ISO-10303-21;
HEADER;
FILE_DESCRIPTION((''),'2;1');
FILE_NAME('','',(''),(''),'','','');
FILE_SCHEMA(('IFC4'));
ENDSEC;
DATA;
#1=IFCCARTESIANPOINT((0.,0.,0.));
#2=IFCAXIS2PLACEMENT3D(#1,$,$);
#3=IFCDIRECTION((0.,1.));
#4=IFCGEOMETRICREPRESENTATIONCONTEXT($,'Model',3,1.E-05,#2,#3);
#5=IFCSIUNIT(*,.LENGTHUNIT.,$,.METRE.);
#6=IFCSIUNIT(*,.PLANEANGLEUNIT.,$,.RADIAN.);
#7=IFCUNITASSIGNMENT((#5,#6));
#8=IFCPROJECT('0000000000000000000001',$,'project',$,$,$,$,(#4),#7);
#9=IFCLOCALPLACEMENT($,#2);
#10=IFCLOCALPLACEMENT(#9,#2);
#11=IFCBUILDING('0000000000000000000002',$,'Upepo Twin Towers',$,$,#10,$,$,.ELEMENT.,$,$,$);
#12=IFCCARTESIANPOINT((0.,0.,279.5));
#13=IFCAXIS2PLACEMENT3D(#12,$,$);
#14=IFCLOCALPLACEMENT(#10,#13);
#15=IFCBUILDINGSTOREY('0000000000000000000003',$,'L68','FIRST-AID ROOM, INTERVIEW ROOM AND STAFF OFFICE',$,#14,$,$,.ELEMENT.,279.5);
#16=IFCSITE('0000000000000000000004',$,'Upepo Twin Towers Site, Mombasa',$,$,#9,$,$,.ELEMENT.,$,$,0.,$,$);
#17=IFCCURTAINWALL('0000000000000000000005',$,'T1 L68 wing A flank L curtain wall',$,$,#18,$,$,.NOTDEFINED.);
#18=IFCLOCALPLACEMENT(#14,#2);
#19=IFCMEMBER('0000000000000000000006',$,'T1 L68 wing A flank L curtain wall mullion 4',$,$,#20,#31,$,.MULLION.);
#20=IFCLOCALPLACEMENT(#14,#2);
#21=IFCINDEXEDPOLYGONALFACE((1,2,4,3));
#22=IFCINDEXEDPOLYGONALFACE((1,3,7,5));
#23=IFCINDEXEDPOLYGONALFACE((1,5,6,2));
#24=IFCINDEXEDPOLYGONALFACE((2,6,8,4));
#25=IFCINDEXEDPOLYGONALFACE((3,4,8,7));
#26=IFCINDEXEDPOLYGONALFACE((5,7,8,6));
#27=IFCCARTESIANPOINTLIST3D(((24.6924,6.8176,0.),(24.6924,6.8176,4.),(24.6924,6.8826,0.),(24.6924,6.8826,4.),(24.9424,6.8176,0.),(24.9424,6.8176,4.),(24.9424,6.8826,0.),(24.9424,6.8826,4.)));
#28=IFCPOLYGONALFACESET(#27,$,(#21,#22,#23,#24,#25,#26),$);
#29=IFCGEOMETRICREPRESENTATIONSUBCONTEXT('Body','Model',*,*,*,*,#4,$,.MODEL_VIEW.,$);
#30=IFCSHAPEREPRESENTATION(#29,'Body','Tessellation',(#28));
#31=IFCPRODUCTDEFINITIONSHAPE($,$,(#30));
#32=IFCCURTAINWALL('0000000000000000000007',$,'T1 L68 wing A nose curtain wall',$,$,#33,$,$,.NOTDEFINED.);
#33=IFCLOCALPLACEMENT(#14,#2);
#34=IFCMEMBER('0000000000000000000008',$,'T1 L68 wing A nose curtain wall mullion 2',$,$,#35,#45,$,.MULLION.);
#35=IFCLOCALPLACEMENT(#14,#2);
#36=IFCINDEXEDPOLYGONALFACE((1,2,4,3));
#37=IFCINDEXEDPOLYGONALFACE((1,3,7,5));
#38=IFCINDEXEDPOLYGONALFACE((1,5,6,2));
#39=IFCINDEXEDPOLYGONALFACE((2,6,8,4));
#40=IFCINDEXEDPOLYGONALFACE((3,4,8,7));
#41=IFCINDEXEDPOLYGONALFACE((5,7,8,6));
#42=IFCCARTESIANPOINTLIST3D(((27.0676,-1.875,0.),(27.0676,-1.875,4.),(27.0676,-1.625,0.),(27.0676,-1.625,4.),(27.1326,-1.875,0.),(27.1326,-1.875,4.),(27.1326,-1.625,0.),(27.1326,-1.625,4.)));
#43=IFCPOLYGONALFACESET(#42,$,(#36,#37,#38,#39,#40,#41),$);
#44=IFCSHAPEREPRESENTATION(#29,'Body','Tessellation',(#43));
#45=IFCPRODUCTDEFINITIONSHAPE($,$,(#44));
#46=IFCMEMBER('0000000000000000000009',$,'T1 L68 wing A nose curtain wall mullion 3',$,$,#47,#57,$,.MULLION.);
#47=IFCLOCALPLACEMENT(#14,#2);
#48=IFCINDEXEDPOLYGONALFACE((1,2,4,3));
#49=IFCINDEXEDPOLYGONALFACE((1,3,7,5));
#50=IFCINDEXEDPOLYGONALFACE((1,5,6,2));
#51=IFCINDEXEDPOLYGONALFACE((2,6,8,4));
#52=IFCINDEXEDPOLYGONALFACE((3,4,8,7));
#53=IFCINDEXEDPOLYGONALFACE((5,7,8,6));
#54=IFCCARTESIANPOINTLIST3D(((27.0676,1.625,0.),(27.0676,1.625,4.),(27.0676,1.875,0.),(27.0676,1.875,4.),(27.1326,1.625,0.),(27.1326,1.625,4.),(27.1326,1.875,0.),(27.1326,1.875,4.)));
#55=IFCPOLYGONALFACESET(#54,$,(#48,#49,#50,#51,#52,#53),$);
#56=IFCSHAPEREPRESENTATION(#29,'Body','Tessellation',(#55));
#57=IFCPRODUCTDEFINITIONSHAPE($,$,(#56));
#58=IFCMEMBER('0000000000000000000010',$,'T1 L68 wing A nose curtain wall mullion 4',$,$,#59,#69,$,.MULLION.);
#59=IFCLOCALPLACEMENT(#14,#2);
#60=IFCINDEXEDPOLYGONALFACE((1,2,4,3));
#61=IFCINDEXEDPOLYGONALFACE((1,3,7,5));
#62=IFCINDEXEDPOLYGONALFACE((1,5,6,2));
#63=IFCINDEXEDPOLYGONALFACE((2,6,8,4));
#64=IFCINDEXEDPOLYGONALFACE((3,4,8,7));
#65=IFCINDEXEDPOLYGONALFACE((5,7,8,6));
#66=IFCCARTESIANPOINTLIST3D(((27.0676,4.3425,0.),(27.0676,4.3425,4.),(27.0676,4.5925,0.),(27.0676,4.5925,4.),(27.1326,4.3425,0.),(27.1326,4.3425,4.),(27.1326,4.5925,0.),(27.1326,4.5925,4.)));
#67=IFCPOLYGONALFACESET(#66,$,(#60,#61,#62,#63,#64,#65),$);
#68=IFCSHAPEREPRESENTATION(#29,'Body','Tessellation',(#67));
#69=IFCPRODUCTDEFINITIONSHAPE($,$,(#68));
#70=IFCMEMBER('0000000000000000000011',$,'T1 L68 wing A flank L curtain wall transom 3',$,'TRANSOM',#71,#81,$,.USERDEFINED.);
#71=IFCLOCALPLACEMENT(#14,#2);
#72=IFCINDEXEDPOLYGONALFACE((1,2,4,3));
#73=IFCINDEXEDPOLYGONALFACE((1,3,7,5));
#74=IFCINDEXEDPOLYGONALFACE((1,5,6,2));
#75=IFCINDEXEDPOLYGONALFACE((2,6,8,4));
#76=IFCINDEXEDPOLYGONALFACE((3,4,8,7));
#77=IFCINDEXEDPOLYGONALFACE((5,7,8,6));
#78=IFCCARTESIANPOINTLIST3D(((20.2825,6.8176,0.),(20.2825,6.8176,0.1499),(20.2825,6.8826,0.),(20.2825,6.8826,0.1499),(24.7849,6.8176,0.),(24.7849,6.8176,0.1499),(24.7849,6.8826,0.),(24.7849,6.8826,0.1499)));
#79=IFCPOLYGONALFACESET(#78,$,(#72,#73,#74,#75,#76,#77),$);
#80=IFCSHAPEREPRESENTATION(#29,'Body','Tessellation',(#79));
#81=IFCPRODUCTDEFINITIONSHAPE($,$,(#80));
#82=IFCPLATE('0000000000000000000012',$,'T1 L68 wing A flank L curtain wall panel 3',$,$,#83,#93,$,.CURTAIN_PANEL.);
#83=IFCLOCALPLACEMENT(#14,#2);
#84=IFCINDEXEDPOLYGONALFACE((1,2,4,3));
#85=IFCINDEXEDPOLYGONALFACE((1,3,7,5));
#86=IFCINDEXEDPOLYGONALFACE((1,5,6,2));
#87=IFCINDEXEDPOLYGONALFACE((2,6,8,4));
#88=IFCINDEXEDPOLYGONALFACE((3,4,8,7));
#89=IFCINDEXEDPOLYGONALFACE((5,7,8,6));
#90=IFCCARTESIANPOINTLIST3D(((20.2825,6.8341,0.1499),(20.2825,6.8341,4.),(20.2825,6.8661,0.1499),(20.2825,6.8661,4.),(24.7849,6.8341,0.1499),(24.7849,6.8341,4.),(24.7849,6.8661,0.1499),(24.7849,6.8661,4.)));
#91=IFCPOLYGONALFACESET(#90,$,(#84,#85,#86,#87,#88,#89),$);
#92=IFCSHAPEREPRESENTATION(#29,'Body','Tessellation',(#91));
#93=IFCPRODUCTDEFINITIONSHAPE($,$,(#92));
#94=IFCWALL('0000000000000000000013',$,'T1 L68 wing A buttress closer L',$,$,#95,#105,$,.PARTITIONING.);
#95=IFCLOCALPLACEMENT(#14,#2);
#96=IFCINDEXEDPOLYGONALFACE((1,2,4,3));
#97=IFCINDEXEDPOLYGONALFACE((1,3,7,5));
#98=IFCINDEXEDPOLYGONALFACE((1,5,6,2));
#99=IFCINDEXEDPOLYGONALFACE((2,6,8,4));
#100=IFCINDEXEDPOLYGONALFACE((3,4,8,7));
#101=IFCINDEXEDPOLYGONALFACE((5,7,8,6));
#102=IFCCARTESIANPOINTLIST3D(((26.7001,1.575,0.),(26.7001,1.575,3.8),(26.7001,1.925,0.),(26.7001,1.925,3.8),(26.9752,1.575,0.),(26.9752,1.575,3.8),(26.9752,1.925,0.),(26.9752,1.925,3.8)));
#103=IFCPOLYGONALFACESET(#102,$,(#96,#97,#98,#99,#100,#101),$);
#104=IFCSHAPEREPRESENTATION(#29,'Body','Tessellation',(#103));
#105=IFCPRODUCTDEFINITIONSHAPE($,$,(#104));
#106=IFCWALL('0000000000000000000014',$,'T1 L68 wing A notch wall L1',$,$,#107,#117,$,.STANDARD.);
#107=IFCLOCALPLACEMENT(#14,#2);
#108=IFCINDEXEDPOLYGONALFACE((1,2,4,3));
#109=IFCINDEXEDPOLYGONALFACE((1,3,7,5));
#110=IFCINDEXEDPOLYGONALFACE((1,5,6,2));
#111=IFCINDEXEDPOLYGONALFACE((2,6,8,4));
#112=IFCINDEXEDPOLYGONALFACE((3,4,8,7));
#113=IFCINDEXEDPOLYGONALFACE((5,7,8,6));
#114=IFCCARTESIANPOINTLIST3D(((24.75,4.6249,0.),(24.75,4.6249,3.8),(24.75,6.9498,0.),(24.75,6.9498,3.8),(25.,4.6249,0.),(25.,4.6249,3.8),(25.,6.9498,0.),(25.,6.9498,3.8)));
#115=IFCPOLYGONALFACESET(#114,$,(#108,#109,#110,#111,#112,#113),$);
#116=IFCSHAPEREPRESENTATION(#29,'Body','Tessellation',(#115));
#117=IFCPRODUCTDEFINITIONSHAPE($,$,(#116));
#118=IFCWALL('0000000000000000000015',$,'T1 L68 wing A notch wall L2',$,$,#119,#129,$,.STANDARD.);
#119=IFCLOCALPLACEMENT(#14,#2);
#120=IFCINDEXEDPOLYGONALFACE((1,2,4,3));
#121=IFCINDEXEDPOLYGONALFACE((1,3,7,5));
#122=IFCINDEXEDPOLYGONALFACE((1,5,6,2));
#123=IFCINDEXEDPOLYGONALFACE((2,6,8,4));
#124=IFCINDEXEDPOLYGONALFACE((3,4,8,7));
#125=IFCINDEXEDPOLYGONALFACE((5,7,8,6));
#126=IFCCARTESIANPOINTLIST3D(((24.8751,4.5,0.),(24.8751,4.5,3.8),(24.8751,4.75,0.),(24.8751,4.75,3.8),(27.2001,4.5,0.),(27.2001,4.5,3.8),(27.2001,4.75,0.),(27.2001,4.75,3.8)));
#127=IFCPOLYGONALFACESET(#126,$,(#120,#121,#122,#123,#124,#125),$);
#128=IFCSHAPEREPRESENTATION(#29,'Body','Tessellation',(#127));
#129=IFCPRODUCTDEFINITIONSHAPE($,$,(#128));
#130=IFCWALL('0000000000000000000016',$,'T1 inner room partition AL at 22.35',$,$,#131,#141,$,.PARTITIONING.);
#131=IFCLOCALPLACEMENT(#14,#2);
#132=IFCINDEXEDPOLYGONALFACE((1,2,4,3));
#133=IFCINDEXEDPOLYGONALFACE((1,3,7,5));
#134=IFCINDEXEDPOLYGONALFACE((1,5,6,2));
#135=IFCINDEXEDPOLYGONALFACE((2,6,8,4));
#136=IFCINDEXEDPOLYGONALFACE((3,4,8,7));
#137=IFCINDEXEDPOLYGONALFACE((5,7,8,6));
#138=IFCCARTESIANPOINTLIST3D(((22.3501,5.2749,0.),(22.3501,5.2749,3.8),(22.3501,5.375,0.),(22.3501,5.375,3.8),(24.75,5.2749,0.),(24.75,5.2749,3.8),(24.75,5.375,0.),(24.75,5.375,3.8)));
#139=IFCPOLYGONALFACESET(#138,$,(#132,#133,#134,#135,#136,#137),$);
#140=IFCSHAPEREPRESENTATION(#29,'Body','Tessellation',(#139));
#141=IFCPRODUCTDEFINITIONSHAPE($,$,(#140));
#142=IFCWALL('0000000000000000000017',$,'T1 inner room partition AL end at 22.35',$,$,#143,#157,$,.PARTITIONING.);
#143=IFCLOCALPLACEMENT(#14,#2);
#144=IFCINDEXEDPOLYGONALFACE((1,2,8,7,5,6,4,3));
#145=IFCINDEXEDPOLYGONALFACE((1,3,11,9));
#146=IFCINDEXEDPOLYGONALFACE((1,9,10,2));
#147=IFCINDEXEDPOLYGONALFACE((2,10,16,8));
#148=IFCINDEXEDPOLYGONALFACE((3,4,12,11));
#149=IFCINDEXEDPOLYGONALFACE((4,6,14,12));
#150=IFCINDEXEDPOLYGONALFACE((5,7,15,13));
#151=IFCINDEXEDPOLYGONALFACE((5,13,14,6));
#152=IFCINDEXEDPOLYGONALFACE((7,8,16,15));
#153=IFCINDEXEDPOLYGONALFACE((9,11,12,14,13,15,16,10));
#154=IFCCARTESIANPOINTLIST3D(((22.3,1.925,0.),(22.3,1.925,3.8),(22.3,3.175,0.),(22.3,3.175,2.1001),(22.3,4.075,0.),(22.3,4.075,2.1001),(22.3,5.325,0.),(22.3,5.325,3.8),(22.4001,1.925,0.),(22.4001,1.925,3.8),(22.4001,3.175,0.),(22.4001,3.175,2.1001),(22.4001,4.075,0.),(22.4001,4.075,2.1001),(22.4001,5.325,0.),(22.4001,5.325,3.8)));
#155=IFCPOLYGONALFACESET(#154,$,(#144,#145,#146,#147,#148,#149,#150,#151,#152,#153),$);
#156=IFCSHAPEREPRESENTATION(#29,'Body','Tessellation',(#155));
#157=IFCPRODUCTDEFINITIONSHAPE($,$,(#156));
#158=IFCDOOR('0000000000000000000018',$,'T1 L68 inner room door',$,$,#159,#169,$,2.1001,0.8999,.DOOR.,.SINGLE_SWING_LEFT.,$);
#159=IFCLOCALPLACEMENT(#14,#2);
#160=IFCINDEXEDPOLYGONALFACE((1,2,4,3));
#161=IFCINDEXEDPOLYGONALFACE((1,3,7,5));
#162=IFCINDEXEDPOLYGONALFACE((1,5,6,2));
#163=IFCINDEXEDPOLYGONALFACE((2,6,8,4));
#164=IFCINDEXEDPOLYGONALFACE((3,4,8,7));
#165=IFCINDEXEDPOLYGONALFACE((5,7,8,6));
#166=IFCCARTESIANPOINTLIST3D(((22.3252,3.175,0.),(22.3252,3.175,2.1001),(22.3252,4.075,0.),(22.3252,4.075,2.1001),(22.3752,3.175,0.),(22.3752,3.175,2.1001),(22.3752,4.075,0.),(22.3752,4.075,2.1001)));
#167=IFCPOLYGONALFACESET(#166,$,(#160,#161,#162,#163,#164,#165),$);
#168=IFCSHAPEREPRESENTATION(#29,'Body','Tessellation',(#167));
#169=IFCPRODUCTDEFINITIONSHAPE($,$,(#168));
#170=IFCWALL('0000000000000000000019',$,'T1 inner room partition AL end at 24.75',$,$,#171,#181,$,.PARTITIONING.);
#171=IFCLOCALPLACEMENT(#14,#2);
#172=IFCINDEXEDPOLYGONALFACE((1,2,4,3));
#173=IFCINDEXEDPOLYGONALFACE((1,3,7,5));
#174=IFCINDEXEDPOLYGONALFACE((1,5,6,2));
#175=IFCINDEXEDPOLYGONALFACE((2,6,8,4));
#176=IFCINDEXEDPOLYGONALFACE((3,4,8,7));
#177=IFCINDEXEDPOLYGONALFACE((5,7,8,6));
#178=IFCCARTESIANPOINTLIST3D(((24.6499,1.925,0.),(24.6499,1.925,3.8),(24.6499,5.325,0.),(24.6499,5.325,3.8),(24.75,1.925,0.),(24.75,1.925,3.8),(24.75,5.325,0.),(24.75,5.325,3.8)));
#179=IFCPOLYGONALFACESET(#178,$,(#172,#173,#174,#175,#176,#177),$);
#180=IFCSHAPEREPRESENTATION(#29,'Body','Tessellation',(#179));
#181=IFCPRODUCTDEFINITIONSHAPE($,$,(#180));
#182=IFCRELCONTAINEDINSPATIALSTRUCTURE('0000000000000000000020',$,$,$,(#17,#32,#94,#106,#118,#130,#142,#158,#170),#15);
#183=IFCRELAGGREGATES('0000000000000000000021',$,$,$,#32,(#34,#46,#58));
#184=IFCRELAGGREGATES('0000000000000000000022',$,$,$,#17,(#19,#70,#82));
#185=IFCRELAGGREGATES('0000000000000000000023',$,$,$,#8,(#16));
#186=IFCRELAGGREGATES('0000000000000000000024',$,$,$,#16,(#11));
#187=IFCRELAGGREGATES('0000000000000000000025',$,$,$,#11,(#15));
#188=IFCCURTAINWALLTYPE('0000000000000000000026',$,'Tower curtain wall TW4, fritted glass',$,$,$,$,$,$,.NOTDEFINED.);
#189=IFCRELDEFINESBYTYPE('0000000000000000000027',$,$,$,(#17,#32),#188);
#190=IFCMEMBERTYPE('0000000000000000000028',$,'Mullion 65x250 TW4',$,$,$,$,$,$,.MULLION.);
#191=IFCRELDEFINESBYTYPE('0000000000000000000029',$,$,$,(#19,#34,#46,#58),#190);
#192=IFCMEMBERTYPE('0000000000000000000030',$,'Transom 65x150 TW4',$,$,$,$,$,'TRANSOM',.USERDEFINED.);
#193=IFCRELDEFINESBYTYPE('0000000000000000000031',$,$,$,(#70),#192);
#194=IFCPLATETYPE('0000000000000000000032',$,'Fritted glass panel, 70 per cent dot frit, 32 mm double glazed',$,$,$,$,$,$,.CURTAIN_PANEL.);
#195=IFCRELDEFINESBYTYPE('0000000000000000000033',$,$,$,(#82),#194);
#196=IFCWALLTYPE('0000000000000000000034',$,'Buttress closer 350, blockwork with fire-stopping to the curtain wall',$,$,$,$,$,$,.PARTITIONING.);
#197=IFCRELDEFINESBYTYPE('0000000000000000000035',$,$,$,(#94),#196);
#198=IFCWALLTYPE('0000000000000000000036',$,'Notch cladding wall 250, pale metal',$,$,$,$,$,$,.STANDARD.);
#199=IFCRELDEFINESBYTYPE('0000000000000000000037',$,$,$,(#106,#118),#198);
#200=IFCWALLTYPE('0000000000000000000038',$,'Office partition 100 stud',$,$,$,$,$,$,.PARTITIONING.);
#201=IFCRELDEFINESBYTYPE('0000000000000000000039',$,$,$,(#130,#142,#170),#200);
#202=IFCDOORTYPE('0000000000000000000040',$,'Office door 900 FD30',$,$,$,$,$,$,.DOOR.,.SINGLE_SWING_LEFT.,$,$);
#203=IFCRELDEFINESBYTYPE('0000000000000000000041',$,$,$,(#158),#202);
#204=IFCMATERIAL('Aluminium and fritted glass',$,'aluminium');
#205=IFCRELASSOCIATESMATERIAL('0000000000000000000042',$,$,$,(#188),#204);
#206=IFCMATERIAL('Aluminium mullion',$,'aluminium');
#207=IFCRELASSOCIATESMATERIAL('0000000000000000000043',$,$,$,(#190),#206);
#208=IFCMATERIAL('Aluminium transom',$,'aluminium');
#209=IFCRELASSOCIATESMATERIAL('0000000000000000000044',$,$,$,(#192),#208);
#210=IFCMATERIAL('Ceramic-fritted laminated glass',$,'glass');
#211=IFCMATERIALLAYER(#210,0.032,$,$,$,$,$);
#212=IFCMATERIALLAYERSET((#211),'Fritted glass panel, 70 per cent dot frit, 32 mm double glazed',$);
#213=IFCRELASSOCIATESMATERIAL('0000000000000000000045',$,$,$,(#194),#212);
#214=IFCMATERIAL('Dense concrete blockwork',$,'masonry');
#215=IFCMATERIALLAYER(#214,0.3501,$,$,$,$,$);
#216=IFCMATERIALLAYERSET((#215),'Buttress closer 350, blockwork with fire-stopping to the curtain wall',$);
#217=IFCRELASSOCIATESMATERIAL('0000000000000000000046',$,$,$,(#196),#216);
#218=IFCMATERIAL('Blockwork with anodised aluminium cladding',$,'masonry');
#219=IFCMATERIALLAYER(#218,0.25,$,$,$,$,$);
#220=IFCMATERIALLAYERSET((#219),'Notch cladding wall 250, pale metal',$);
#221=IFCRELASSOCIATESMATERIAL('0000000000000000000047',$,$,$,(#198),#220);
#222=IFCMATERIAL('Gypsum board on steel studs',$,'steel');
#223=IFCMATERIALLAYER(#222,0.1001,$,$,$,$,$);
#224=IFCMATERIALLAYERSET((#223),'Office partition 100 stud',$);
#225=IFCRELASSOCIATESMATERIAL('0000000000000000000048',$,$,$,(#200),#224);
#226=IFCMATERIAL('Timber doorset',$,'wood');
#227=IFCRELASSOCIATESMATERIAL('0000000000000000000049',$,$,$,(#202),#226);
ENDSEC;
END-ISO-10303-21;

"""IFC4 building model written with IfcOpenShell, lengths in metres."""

from ifc_helpers import new_model, si_unit, direction, frame, frame_2d, origin, origin_2d, place, context, subcontext, project, spatial, rectangle, extrude, material, layer, layer_set, material_profile, profile_set, type_object, element, fill, aggregate, save


model = new_model("IFC4")

# Units and contexts
model_context = context("Model", 3, precision=1e-05, world=origin(), true_north=direction((0.0, 1.0)))
body_context = subcontext(model_context, "Body", "Model", "MODEL_VIEW")
ifc_project = project(units=[si_unit("LENGTHUNIT", "METRE"), si_unit("PLANEANGLEUNIT", "RADIAN")], contexts=[model_context])

# Site, building, storey
site_placement = place(None, origin())
site = spatial("IfcSite", under=ifc_project, at=site_placement, Name="Upepo Twin Towers Site, Mombasa", CompositionType="ELEMENT", RefElevation=0.0)
building_placement = place(site_placement, origin())
building = spatial("IfcBuilding", under=site, at=building_placement, Name="Upepo Twin Towers", CompositionType="ELEMENT")
storey_placement = place(building_placement, frame((0.0, 0.0, 279.5)))
storey = spatial("IfcBuildingStorey", under=building, at=storey_placement, Name="L68", Description="FIRST-AID ROOM, INTERVIEW ROOM AND STAFF OFFICE", CompositionType="ELEMENT", Elevation=279.5)

# Curtain walls, members
ifc_material_1 = material(Name="Aluminium and fritted glass", Category="aluminium")
curtain_wall_type = type_object("IfcCurtainWallType", Name="Tower curtain wall TW4, fritted glass", PredefinedType="NOTDEFINED", material=ifc_material_1)
curtain_wall_1_placement = place(storey_placement, origin())
curtain_wall_1 = element("IfcCurtainWall", 1, at=curtain_wall_1_placement, inside=storey, type_object=curtain_wall_type, Name="T1 L68 wing A flank L curtain wall", PredefinedType="NOTDEFINED")
ifc_material_2 = material(Name="Aluminium mullion", Category="aluminium")
ifc_material_profile_1 = material_profile(ifc_material_2, rectangle(XDim=0.0649, YDim=0.25, at=origin_2d()), Name="MULLION 65x250")
ifc_profile_set_1 = profile_set([ifc_material_profile_1], Name="Aluminium mullion")
member_type_1 = type_object("IfcMemberType", Name="Mullion 65x250 TW4", PredefinedType="MULLION", material=ifc_profile_set_1)
member_1_placement = place(storey_placement, frame((24.8174, 6.8501, 0.0), z_axis=(0.0, 0.0, 1.0), x_axis=(0.0, 1.0, 0.0)))
member_1 = element("IfcMember", 2, at=member_1_placement, type_object=member_type_1, Name="T1 L68 wing A flank L curtain wall mullion 4", PredefinedType="MULLION", context=body_context, shape_type="SweptSolid", body=[
    extrude(rectangle(XDim=0.0649, YDim=0.25, at=origin_2d()), origin(), (0.0, 0.0, 1.0), 4.0),
])
curtain_wall_2_placement = place(storey_placement, origin())
curtain_wall_2 = element("IfcCurtainWall", 3, at=curtain_wall_2_placement, inside=storey, type_object=curtain_wall_type, Name="T1 L68 wing A nose curtain wall", PredefinedType="NOTDEFINED")
member_2_placement = place(storey_placement, frame((27.1001, -1.75, 0.0), z_axis=(0.0, 0.0, 1.0), x_axis=(-1.0, 0.0, 0.0)))
member_2 = element("IfcMember", 4, at=member_2_placement, type_object=member_type_1, Name="T1 L68 wing A nose curtain wall mullion 2", PredefinedType="MULLION", context=body_context, shape_type="SweptSolid", body=[
    extrude(rectangle(XDim=0.0649, YDim=0.25, at=origin_2d()), origin(), (0.0, 0.0, 1.0), 4.0),
])
member_3_placement = place(storey_placement, frame((27.1001, 1.75, 0.0), z_axis=(0.0, 0.0, 1.0), x_axis=(-1.0, 0.0, 0.0)))
member_3 = element("IfcMember", 5, at=member_3_placement, type_object=member_type_1, Name="T1 L68 wing A nose curtain wall mullion 3", PredefinedType="MULLION", context=body_context, shape_type="SweptSolid", body=[
    extrude(rectangle(XDim=0.0649, YDim=0.25, at=origin_2d()), origin(), (0.0, 0.0, 1.0), 4.0),
])
member_4_placement = place(storey_placement, frame((27.1001, 4.4675, 0.0), z_axis=(0.0, 0.0, 1.0), x_axis=(-1.0, 0.0, 0.0)))
member_4 = element("IfcMember", 6, at=member_4_placement, type_object=member_type_1, Name="T1 L68 wing A nose curtain wall mullion 4", PredefinedType="MULLION", context=body_context, shape_type="SweptSolid", body=[
    extrude(rectangle(XDim=0.0649, YDim=0.25, at=origin_2d()), origin(), (0.0, 0.0, 1.0), 4.0),
])
aggregate(curtain_wall_2, [member_2, member_3, member_4])

# Member
ifc_material_3 = material(Name="Aluminium transom", Category="aluminium")
ifc_material_profile_2 = material_profile(ifc_material_3, rectangle(XDim=0.0649, YDim=0.1499, at=origin_2d()), Name="TRANSOM 65x150")
ifc_profile_set_2 = profile_set([ifc_material_profile_2], Name="Aluminium transom")
member_type_2 = type_object("IfcMemberType", Name="Transom 65x150 TW4", ElementType="TRANSOM", PredefinedType="USERDEFINED", material=ifc_profile_set_2)
member_5_placement = place(storey_placement, frame((20.2825, 6.8501, 0.075), z_axis=(1.0, 0.0, 0.0), x_axis=(0.0, 1.0, 0.0)))
member_5 = element("IfcMember", 7, at=member_5_placement, type_object=member_type_2, Name="T1 L68 wing A flank L curtain wall transom 3", ObjectType="TRANSOM", PredefinedType="USERDEFINED", context=body_context, shape_type="SweptSolid", body=[
    extrude(rectangle(XDim=0.0649, YDim=0.1499, at=origin_2d()), origin(), (0.0, 0.0, 1.0), 4.5024),
])

# Plate
ifc_material_4 = material(Name="Ceramic-fritted laminated glass", Category="glass")
ifc_layer_1 = layer(ifc_material_4, 0.032)
ifc_layer_set_1 = layer_set([ifc_layer_1], Name="Fritted glass panel, 70 per cent dot frit, 32 mm double glazed")
plate_type = type_object("IfcPlateType", Name="Fritted glass panel, 70 per cent dot frit, 32 mm double glazed", PredefinedType="CURTAIN_PANEL", material=ifc_layer_set_1)
plate_placement = place(storey_placement, frame((22.5337, 6.8501, 0.1499), z_axis=(0.0, 0.0, 1.0), x_axis=(1.0, 0.0, 0.0)))
plate = element("IfcPlate", 8, at=plate_placement, type_object=plate_type, Name="T1 L68 wing A flank L curtain wall panel 3", PredefinedType="CURTAIN_PANEL", context=body_context, shape_type="SweptSolid", body=[
    extrude(rectangle(XDim=4.5024, YDim=0.032, at=origin_2d()), origin(), (0.0, 0.0, 1.0), 3.8501),
])
aggregate(curtain_wall_1, [member_1, member_5, plate])

# Walls
ifc_material_5 = material(Name="Dense concrete blockwork", Category="masonry")
ifc_layer_2 = layer(ifc_material_5, 0.3501)
ifc_layer_set_2 = layer_set([ifc_layer_2], Name="Buttress closer 350, blockwork with fire-stopping to the curtain wall")
wall_type_1 = type_object("IfcWallType", Name="Buttress closer 350, blockwork with fire-stopping to the curtain wall", PredefinedType="PARTITIONING", material=ifc_layer_set_2)
wall_1_placement = place(storey_placement, frame((26.7, 1.75, 0.0), z_axis=(0.0, 0.0, 1.0), x_axis=(1.0, 0.0, 0.0)))
element("IfcWall", 9, at=wall_1_placement, inside=storey, type_object=wall_type_1, Name="T1 L68 wing A buttress closer L", PredefinedType="PARTITIONING", context=body_context, shape_type="SweptSolid", body=[
    extrude(rectangle(XDim=0.2751, YDim=0.3501, at=frame_2d((0.1377, 0.0))), origin(), (0.0, 0.0, 1.0), 3.8),
])
ifc_material_6 = material(Name="Blockwork with anodised aluminium cladding", Category="masonry")
ifc_layer_3 = layer(ifc_material_6, 0.25)
ifc_layer_set_3 = layer_set([ifc_layer_3], Name="Notch cladding wall 250, pale metal")
wall_type_2 = type_object("IfcWallType", Name="Notch cladding wall 250, pale metal", PredefinedType="STANDARD", material=ifc_layer_set_3)
for number, where, z_axis, x_axis, name in (
    (10, (24.875, 6.95, 0.0), (0.0, 0.0, 1.0), (0.0, -1.0, 0.0), "T1 L68 wing A notch wall L1"),
    (11, (24.875, 4.625, 0.0), (0.0, 0.0, 1.0), (1.0, 0.0, 0.0), "T1 L68 wing A notch wall L2"),
):
    element("IfcWall", number, at=place(storey_placement, frame(where, z_axis=z_axis, x_axis=x_axis)), inside=storey, type_object=wall_type_2, Name=name, PredefinedType="STANDARD", context=body_context, shape_type="SweptSolid", body=[
        extrude(rectangle(XDim=2.325, YDim=0.25, at=frame_2d((1.1626, 0.0))), origin(), (0.0, 0.0, 1.0), 3.8),
    ])
ifc_material_7 = material(Name="Gypsum board on steel studs", Category="steel")
ifc_layer_4 = layer(ifc_material_7, 0.1001)
ifc_layer_set_4 = layer_set([ifc_layer_4], Name="Office partition 100 stud")
wall_type_3 = type_object("IfcWallType", Name="Office partition 100 stud", PredefinedType="PARTITIONING", material=ifc_layer_set_4)
wall_2_placement = place(storey_placement, frame((22.3501, 5.325, 0.0), z_axis=(0.0, 0.0, 1.0), x_axis=(1.0, 0.0, 0.0)))
element("IfcWall", 12, at=wall_2_placement, inside=storey, type_object=wall_type_3, Name="T1 inner room partition AL at 22.35", PredefinedType="PARTITIONING", context=body_context, shape_type="SweptSolid", body=[
    extrude(rectangle(XDim=2.3999, YDim=0.1001, at=frame_2d((1.2, 0.0))), origin(), (0.0, 0.0, 1.0), 3.8),
])

# Wall, opening, door
wall_3_placement = place(storey_placement, frame((22.3501, 1.925, 0.0), z_axis=(0.0, 0.0, 1.0), x_axis=(0.0, 1.0, 0.0)))
wall_3 = element("IfcWall", 13, at=wall_3_placement, inside=storey, type_object=wall_type_3, Name="T1 inner room partition AL end at 22.35", PredefinedType="PARTITIONING", context=body_context, shape_type="SweptSolid", body=[
    extrude(rectangle(XDim=3.3999, YDim=0.1001, at=frame_2d((1.7, 0.0))), origin(), (0.0, 0.0, 1.0), 3.8),
])
opening_placement = place(wall_3_placement, frame((1.25, 0.0, 0.0)))
opening = element("IfcOpeningElement", 14, at=opening_placement, cuts=wall_3, PredefinedType="OPENING", context=body_context, shape_type="SweptSolid", body=[
    extrude(rectangle(XDim=0.8999, YDim=2.1001, at=frame_2d((0.45, 1.05))), frame((0.0, 0.0601, 0.0), z_axis=(0.0, -1.0, 0.0), x_axis=(1.0, 0.0, 0.0)), (0.0, 0.0, 1.0), 0.1201),
])
ifc_material_8 = material(Name="Timber doorset", Category="wood")
door_type = type_object("IfcDoorType", Name="Office door 900 FD30", OperationType="SINGLE_SWING_LEFT", PredefinedType="DOOR", material=ifc_material_8)
door_placement = place(opening_placement, origin())
door = element("IfcDoor", 15, at=door_placement, inside=storey, type_object=door_type, Name="T1 L68 inner room door", OperationType="SINGLE_SWING_LEFT", OverallHeight=2.1001, OverallWidth=0.8999, PredefinedType="DOOR", context=body_context, shape_type="SweptSolid", body=[
    extrude(rectangle(XDim=0.8999, YDim=2.1001, at=frame_2d((0.45, 1.05))), frame((0.0, 0.0249, 0.0), z_axis=(0.0, -1.0, 0.0), x_axis=(1.0, 0.0, 0.0)), (0.0, 0.0, 1.0), 0.05),
])
fill(opening, door)

# Wall
wall_4_placement = place(storey_placement, frame((24.7, 1.925, 0.0), z_axis=(0.0, 0.0, 1.0), x_axis=(0.0, 1.0, 0.0)))
element("IfcWall", 16, at=wall_4_placement, inside=storey, type_object=wall_type_3, Name="T1 inner room partition AL end at 24.75", PredefinedType="PARTITIONING", context=body_context, shape_type="SweptSolid", body=[
    extrude(rectangle(XDim=3.3999, YDim=0.1001, at=frame_2d((1.7, 0.0))), origin(), (0.0, 0.0, 1.0), 3.8),
])

save(model, "model.ifc")
